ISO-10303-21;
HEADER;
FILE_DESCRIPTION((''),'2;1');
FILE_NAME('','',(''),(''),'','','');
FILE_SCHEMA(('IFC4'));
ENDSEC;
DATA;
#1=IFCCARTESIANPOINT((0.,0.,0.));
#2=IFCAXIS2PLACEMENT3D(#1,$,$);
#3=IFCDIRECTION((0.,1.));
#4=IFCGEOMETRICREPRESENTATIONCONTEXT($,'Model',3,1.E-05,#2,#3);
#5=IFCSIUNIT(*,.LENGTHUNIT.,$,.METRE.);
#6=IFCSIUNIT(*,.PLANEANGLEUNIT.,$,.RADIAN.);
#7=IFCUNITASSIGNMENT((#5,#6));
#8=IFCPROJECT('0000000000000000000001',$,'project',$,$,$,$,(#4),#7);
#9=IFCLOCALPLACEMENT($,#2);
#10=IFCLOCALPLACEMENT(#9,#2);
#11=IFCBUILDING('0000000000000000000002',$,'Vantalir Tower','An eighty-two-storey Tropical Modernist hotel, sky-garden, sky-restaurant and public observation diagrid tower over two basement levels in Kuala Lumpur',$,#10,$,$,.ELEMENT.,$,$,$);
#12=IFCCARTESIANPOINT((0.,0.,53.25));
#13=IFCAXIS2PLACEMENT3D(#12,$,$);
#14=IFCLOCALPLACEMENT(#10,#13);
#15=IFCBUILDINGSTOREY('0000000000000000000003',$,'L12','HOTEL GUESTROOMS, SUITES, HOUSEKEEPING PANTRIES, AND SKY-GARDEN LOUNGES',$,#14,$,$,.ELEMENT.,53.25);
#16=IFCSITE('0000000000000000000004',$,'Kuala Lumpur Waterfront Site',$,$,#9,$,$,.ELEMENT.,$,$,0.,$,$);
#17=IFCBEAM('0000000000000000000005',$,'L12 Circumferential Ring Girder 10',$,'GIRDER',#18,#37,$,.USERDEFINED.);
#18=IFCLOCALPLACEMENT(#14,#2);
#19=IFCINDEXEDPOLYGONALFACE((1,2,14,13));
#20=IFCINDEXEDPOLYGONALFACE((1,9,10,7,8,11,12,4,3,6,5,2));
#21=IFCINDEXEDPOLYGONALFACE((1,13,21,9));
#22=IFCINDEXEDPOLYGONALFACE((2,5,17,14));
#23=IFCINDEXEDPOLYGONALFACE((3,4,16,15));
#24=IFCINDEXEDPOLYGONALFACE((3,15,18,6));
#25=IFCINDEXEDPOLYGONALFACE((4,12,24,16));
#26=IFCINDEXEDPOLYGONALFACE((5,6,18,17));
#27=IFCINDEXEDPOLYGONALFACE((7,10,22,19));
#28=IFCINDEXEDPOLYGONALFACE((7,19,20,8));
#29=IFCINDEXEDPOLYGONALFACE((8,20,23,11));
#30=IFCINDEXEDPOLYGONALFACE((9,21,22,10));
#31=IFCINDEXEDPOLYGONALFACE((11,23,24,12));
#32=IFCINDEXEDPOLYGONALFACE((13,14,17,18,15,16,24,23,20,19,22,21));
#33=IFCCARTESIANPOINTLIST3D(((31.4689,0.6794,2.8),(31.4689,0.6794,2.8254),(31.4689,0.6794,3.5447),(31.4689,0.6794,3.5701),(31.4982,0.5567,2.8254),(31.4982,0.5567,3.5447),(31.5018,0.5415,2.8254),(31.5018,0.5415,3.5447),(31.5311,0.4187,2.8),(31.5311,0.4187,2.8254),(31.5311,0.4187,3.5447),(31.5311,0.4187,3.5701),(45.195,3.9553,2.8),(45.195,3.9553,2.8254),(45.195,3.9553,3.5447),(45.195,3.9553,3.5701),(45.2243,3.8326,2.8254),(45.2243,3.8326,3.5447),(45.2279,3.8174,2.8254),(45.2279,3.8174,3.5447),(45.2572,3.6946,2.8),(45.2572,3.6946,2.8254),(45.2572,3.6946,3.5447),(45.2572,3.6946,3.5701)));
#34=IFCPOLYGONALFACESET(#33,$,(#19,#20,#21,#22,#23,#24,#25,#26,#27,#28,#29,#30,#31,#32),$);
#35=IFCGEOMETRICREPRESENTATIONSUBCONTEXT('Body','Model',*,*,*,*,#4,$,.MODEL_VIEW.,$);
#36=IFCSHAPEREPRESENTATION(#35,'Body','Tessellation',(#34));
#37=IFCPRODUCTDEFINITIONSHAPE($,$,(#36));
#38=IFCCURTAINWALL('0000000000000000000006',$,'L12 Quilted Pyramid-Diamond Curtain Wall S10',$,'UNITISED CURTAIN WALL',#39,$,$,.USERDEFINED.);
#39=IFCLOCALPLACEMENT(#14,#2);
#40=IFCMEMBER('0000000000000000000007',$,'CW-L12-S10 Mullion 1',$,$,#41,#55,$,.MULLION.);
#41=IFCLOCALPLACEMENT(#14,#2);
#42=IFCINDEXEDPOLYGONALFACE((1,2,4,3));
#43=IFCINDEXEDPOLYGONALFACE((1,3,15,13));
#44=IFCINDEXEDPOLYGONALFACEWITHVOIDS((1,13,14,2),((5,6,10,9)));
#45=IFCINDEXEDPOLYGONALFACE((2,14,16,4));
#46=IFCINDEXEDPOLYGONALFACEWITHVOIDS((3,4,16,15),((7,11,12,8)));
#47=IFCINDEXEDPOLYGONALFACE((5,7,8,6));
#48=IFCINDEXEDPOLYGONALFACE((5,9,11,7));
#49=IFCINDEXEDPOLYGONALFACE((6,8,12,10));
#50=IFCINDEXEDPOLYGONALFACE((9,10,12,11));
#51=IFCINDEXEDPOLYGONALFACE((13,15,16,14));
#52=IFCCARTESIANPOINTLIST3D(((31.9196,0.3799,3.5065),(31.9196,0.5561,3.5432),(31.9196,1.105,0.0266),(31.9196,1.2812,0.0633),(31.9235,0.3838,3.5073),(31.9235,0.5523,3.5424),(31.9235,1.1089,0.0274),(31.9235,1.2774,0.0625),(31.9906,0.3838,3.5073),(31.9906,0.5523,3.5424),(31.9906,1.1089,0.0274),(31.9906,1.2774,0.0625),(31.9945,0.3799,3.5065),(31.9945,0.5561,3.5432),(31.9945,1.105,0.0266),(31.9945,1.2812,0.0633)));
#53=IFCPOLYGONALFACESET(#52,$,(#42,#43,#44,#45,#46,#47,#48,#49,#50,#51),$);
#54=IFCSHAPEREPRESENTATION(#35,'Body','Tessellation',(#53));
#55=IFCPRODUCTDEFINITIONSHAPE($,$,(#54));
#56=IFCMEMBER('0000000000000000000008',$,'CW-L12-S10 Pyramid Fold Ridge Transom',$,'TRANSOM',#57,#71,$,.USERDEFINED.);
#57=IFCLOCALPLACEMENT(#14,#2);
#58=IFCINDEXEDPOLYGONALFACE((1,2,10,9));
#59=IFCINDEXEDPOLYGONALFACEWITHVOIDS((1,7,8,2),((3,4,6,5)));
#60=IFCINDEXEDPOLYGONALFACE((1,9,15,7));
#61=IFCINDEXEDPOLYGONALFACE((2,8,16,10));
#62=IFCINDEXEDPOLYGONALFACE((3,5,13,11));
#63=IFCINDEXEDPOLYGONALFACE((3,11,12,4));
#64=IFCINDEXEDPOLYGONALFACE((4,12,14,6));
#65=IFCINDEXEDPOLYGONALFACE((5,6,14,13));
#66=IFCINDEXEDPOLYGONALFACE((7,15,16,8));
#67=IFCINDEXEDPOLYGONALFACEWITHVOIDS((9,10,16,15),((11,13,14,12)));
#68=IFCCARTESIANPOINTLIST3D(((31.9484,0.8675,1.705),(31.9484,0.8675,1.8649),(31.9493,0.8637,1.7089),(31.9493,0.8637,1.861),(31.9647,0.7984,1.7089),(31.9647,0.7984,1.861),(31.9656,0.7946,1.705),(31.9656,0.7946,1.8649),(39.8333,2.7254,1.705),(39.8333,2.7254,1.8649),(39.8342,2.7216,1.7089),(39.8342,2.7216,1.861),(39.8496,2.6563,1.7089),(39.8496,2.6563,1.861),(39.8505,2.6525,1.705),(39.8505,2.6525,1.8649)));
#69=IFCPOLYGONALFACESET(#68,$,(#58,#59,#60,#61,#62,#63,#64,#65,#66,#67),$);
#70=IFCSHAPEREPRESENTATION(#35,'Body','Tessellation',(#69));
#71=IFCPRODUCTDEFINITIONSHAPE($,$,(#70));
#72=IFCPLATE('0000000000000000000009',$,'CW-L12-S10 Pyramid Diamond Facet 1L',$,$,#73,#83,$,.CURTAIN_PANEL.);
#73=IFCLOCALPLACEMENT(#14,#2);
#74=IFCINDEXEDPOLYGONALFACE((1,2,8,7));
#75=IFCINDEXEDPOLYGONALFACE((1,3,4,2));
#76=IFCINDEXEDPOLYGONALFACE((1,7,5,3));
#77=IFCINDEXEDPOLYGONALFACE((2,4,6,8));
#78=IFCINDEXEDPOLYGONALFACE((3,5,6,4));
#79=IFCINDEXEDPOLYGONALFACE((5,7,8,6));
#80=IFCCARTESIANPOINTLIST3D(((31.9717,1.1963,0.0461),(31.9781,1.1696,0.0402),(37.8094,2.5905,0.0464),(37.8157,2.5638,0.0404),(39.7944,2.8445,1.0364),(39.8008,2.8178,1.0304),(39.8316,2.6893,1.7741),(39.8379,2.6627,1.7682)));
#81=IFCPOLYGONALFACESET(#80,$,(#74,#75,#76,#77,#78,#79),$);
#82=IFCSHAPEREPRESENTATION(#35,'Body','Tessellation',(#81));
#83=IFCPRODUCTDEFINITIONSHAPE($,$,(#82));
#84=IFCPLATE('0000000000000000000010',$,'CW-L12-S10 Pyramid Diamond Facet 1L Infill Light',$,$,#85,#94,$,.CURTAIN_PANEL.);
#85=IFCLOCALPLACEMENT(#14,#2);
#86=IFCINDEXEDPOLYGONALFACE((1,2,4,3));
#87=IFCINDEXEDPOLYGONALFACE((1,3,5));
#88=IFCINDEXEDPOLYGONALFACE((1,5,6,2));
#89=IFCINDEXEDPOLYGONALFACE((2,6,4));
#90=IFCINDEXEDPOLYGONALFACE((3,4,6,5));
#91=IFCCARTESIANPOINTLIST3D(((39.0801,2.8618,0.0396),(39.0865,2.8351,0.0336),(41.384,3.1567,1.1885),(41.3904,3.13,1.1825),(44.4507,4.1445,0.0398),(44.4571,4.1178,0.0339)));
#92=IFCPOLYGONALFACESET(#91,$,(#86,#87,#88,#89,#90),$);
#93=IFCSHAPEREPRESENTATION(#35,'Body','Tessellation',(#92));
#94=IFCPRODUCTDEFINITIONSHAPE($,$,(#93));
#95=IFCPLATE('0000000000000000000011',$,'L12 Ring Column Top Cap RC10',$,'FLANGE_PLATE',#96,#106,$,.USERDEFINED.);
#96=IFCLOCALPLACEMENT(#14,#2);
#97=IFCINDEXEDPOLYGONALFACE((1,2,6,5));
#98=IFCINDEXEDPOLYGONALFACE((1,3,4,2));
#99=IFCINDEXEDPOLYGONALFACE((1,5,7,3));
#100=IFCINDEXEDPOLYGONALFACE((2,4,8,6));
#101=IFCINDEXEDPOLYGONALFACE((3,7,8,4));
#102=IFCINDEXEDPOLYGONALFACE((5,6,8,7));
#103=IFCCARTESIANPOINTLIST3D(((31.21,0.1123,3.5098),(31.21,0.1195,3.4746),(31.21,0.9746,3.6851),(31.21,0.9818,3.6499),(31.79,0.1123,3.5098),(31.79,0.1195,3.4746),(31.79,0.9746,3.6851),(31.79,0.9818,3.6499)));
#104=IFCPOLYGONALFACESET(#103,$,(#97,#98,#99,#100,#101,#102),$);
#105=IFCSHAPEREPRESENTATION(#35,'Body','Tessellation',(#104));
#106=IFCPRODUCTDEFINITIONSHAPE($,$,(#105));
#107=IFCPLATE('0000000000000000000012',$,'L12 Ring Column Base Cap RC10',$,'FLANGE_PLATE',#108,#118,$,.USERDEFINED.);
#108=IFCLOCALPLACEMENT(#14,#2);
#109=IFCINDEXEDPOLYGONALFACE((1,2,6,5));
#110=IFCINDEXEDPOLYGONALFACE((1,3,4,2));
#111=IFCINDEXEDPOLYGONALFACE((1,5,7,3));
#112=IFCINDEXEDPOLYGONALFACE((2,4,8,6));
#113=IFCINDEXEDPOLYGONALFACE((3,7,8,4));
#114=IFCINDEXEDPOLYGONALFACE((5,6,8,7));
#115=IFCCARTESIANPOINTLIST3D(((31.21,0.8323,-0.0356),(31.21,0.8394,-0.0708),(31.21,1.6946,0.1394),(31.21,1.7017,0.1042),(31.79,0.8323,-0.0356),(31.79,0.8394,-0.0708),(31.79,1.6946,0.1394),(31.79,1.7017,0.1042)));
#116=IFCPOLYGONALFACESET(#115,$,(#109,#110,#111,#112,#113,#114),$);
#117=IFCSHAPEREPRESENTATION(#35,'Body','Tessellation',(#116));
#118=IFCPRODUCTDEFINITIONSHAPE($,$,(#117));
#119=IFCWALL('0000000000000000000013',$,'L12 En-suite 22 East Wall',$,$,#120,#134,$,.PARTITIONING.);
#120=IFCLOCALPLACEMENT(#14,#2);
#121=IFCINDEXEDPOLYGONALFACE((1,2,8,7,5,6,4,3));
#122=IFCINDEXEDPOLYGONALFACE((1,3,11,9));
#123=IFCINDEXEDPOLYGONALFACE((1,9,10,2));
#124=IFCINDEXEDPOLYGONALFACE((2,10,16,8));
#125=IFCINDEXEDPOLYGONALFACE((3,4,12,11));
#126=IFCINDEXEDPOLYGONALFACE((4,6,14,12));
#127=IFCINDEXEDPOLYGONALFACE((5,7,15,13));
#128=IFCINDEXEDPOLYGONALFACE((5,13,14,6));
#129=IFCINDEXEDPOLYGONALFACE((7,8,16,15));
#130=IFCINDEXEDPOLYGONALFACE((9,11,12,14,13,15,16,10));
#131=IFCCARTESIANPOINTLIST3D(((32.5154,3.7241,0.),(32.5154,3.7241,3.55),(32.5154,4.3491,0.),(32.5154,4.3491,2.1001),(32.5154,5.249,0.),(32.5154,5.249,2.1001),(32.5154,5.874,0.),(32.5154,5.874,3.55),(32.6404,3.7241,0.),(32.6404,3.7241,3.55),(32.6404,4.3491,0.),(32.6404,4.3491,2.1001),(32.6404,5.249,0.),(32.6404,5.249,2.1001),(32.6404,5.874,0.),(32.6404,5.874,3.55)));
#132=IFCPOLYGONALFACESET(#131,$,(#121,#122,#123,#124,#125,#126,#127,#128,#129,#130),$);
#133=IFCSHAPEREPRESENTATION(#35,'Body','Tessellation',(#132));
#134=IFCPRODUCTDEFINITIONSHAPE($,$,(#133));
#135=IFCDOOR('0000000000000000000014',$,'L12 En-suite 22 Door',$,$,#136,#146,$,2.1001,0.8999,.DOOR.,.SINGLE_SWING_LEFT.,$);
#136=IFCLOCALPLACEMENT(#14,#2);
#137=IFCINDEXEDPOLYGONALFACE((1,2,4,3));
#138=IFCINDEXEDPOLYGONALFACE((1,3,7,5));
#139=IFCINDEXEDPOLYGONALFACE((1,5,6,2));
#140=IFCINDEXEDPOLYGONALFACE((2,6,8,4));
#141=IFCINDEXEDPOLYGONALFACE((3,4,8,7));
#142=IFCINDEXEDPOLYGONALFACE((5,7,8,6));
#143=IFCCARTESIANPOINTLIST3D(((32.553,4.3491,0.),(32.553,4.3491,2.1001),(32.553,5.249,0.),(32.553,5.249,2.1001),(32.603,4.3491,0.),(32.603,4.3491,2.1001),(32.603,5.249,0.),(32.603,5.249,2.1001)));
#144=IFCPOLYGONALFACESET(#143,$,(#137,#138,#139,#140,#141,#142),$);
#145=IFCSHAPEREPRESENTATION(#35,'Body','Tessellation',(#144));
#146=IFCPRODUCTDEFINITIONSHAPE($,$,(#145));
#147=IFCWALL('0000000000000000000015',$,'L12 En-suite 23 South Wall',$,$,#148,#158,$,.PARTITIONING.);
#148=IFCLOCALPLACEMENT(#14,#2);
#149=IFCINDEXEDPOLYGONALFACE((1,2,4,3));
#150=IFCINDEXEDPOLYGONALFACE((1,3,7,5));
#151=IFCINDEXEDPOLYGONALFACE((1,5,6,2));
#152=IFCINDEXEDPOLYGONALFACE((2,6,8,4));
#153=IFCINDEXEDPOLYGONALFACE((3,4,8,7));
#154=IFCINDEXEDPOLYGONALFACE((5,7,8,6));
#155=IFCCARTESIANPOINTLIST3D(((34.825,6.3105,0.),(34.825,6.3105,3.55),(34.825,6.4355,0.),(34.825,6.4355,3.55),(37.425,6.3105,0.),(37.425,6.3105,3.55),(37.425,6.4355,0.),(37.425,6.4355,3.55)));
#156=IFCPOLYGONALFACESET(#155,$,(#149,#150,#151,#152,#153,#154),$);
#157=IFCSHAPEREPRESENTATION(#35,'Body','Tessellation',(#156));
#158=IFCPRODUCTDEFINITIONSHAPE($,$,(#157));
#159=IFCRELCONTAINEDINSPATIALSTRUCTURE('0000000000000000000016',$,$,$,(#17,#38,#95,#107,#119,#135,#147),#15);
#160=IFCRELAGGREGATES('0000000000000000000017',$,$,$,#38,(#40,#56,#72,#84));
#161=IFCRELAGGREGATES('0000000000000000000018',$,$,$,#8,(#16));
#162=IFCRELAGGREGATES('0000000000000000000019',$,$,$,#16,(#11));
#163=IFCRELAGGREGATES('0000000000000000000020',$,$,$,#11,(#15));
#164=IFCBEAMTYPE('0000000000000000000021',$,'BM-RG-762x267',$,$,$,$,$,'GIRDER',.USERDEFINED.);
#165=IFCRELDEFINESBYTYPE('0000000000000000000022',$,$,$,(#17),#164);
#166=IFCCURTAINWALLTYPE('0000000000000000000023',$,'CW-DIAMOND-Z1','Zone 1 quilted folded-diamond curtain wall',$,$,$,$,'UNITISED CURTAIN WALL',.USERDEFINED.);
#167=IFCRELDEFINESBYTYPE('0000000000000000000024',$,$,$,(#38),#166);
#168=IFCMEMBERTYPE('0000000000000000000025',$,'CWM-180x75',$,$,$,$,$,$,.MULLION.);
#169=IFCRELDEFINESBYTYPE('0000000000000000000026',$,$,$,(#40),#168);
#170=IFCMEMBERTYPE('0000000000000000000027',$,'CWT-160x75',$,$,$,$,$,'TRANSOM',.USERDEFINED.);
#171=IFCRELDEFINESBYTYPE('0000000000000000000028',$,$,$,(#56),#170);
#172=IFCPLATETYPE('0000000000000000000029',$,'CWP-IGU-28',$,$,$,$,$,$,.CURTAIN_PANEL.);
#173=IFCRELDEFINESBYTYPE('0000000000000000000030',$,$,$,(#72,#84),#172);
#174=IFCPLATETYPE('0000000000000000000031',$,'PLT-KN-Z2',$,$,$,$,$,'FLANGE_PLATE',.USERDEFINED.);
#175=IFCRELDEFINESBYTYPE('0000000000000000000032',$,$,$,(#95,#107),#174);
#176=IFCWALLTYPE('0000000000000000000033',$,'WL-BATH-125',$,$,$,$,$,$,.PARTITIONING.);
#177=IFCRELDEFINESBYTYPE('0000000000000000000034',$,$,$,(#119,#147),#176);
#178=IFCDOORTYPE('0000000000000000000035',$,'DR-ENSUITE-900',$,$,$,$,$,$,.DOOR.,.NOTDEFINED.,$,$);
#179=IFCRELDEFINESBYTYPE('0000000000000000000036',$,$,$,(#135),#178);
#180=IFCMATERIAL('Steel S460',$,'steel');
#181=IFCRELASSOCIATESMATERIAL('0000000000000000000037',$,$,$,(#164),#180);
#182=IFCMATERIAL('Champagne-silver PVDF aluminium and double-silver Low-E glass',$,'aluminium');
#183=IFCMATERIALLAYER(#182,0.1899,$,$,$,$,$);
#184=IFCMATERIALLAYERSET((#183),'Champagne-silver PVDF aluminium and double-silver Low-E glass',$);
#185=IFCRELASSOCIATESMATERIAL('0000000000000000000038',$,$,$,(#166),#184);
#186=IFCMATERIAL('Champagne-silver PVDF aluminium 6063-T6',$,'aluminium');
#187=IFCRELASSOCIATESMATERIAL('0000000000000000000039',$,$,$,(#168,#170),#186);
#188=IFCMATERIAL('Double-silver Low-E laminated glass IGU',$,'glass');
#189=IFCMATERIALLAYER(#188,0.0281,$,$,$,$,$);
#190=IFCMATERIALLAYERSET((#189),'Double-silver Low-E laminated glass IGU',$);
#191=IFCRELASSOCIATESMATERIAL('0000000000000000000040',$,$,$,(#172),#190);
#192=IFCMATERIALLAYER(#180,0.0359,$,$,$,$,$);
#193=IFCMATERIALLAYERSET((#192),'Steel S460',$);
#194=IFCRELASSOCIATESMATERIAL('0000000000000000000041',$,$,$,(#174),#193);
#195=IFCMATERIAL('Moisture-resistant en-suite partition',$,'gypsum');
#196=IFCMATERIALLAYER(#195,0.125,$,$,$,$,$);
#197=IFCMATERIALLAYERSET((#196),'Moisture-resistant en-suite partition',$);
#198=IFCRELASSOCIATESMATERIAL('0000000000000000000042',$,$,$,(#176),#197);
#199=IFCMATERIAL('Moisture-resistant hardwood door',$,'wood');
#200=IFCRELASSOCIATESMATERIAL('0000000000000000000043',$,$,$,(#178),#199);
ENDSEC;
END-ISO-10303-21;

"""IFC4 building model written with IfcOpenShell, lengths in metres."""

from ifc_helpers import new_model, si_unit, direction, frame, frame_2d, origin, origin_2d, place, context, subcontext, project, spatial, polyline, rectangle, hollow_rectangle, i_section, outline, extrude, material, layer, layer_set, material_profile, profile_set, type_object, element, fill, aggregate, save


model = new_model("IFC4")

# Units and contexts
model_context = context("Model", 3, precision=1e-05, world=origin(), true_north=direction((0.0, 1.0)))
body_context = subcontext(model_context, "Body", "Model", "MODEL_VIEW")
ifc_project = project(units=[si_unit("LENGTHUNIT", "METRE"), si_unit("PLANEANGLEUNIT", "RADIAN")], contexts=[model_context])

# Site, building, storey
site_placement = place(None, origin())
site = spatial("IfcSite", under=ifc_project, at=site_placement, Name="Kuala Lumpur Waterfront Site", CompositionType="ELEMENT", RefElevation=0.0)
building_placement = place(site_placement, origin())
building = spatial("IfcBuilding", under=site, at=building_placement, Name="Vantalir Tower", Description="An eighty-two-storey Tropical Modernist hotel, sky-garden, sky-restaurant and public observation diagrid tower over two basement levels in Kuala Lumpur", CompositionType="ELEMENT")
storey_placement = place(building_placement, frame((0.0, 0.0, 53.25)))
storey = spatial("IfcBuildingStorey", under=building, at=storey_placement, Name="L12", Description="HOTEL GUESTROOMS, SUITES, HOUSEKEEPING PANTRIES, AND SKY-GARDEN LOUNGES", CompositionType="ELEMENT", Elevation=53.25)

# Shared definitions
ifc_material_1 = material(Name="Steel S460", Category="steel")

# Beam
ifc_material_profile_1 = material_profile(ifc_material_1, i_section(OverallWidth=0.2681, OverallDepth=0.77, WebThickness=0.0156, FlangeThickness=0.0254, at=origin_2d()), Name="Steel S460")
ifc_profile_set_1 = profile_set([ifc_material_profile_1], Name="Steel S460")
beam_type_1 = type_object("IfcBeamType", Name="BM-RG-762x267", ElementType="GIRDER", PredefinedType="USERDEFINED", material=ifc_profile_set_1)
beam_1_placement = place(storey_placement, frame((31.5, 0.5491, 3.1851), z_axis=(0.972682, 0.232141, 0.0), x_axis=(-0.232141, 0.972682, 0.0)))
element("IfcBeam", 1, at=beam_1_placement, inside=storey, type_object=beam_type_1, Name="L12 Circumferential Ring Girder 10", ObjectType="GIRDER", PredefinedType="USERDEFINED", context=body_context, shape_type="SweptSolid", body=[
    extrude(i_section(OverallWidth=0.2681, OverallDepth=0.77, WebThickness=0.0156, FlangeThickness=0.0254, at=origin_2d()), origin(), (0.0, 0.0, 1.0), 14.1116),
])

# Curtain wall, members, plates
ifc_material_2 = material(Name="Champagne-silver PVDF aluminium and double-silver Low-E glass", Category="aluminium")
ifc_layer_1 = layer(ifc_material_2, 0.1899)
ifc_layer_set_1 = layer_set([ifc_layer_1], Name="Champagne-silver PVDF aluminium and double-silver Low-E glass")
curtain_wall_type = type_object("IfcCurtainWallType", Name="CW-DIAMOND-Z1", Description="Zone 1 quilted folded-diamond curtain wall", ElementType="UNITISED CURTAIN WALL", PredefinedType="USERDEFINED", material=ifc_layer_set_1)
curtain_wall_placement = place(storey_placement, origin())
curtain_wall = element("IfcCurtainWall", 2, at=curtain_wall_placement, inside=storey, type_object=curtain_wall_type, Name="L12 Quilted Pyramid-Diamond Curtain Wall S10", ObjectType="UNITISED CURTAIN WALL", PredefinedType="USERDEFINED")
ifc_material_3 = material(Name="Champagne-silver PVDF aluminium 6063-T6", Category="aluminium")
ifc_material_profile_2 = material_profile(ifc_material_3, hollow_rectangle(XDim=0.075, YDim=0.1799, WallThickness=0.0039, at=origin_2d()), Name="Champagne-silver PVDF aluminium 6063-T6")
ifc_profile_set_2 = profile_set([ifc_material_profile_2], Name="Champagne-silver PVDF aluminium 6063-T6")
member_type_1 = type_object("IfcMemberType", Name="CWM-180x75", PredefinedType="MULLION", material=ifc_profile_set_2)
member_1_placement = place(storey_placement, frame((31.957, 1.1931, 0.0449), z_axis=(0.0, -0.203982, 0.978975), x_axis=(1.0, 0.0, 0.0)))
member_1 = element("IfcMember", 3, at=member_1_placement, type_object=member_type_1, Name="CW-L12-S10 Mullion 1", PredefinedType="MULLION", context=body_context, shape_type="SweptSolid", body=[
    extrude(hollow_rectangle(XDim=0.075, YDim=0.1799, WallThickness=0.0039, at=origin_2d()), origin(), (0.0, 0.0, 1.0), 3.5547),
])
ifc_material_profile_3 = material_profile(ifc_material_3, hollow_rectangle(XDim=0.075, YDim=0.1599, WallThickness=0.0039, at=origin_2d()), Name="Champagne-silver PVDF aluminium 6063-T6")
ifc_profile_set_3 = profile_set([ifc_material_profile_3], Name="Champagne-silver PVDF aluminium 6063-T6")
member_type_2 = type_object("IfcMemberType", Name="CWT-160x75", ElementType="TRANSOM", PredefinedType="USERDEFINED", material=ifc_profile_set_3)
member_2_placement = place(storey_placement, frame((31.957, 0.8311, 1.7849), z_axis=(0.973345, 0.229345, 0.0), x_axis=(-0.229345, 0.973345, 0.0)))
member_2 = element("IfcMember", 4, at=member_2_placement, type_object=member_type_2, Name="CW-L12-S10 Pyramid Fold Ridge Transom", ObjectType="TRANSOM", PredefinedType="USERDEFINED", context=body_context, shape_type="SweptSolid", body=[
    extrude(hollow_rectangle(XDim=0.075, YDim=0.1599, WallThickness=0.0039, at=origin_2d()), origin(), (0.0, 0.0, 1.0), 8.1008),
])
ifc_material_4 = material(Name="Double-silver Low-E laminated glass IGU", Category="glass")
ifc_layer_2 = layer(ifc_material_4, 0.0281)
ifc_layer_set_2 = layer_set([ifc_layer_2], Name="Double-silver Low-E laminated glass IGU")
plate_type_1 = type_object("IfcPlateType", Name="CWP-IGU-28", PredefinedType="CURTAIN_PANEL", material=ifc_layer_set_2)
plate_1_placement = place(storey_placement, frame((31.9717, 1.1963, 0.0461), z_axis=(-0.227052, 0.950675, 0.211339), x_axis=(0.972646, 0.232291, 0.000037)))
plate_1 = element("IfcPlate", 5, at=plate_1_placement, type_object=plate_type_1, Name="CW-L12-S10 Pyramid Diamond Facet 1L", PredefinedType="CURTAIN_PANEL", context=body_context, shape_type="SweptSolid", body=[
    extrude(outline(polyline([(0.0, 0.0), (6.0018, 0.0), (7.9917, -1.0128), (7.9918, -1.7676), (0.0, 0.0)])), origin(), (0.0, 0.0, -1.0), 0.0281),
])
plate_2_placement = place(storey_placement, frame((39.0801, 2.8618, 0.0396), z_axis=(-0.227069, 0.950677, 0.211312), x_axis=(0.972643, 0.232306, 0.000044)))
plate_2 = element("IfcPlate", 6, at=plate_2_placement, type_object=plate_type_1, Name="CW-L12-S10 Pyramid Diamond Facet 1L Infill Light", PredefinedType="CURTAIN_PANEL", context=body_context, shape_type="SweptSolid", body=[
    extrude(outline(polyline([(0.0, 0.0), (5.5217, 0.0), (2.3095, -1.1754), (0.0, 0.0)])), origin(), (0.0, 0.0, -1.0), 0.0281),
])
aggregate(curtain_wall, [member_1, member_2, plate_1, plate_2])

# Plates
ifc_layer_3 = layer(ifc_material_1, 0.0359)
ifc_layer_set_3 = layer_set([ifc_layer_3], Name="Steel S460")
plate_type_2 = type_object("IfcPlateType", Name="PLT-KN-Z2", ElementType="FLANGE_PLATE", PredefinedType="USERDEFINED", material=ifc_layer_set_3)
plate_3_placement = place(storey_placement, frame((31.21, 0.9746, 3.6851), z_axis=(0.0, -0.19921, 0.979957), x_axis=(0.0, -0.979957, -0.19921)))
element("IfcPlate", 7, at=plate_3_placement, inside=storey, type_object=plate_type_2, Name="L12 Ring Column Top Cap RC10", ObjectType="FLANGE_PLATE", PredefinedType="USERDEFINED", context=body_context, shape_type="SweptSolid", body=[
    extrude(outline(polyline([(0.0, 0.0), (0.8799, 0.0), (0.8799, 0.5801), (0.0, 0.5801), (0.0, 0.0)])), origin(), (0.0, 0.0, -1.0), 0.0359),
])
plate_4_placement = place(storey_placement, frame((31.21, 1.6946, 0.1394), z_axis=(0.0, -0.198943, 0.980011), x_axis=(0.0, -0.980011, -0.198943)))
element("IfcPlate", 8, at=plate_4_placement, inside=storey, type_object=plate_type_2, Name="L12 Ring Column Base Cap RC10", ObjectType="FLANGE_PLATE", PredefinedType="USERDEFINED", context=body_context, shape_type="SweptSolid", body=[
    extrude(outline(polyline([(0.0, 0.0), (0.8799, 0.0), (0.8799, 0.5801), (0.0, 0.5801), (0.0, 0.0)])), origin(), (0.0, 0.0, -1.0), 0.0359),
])

# Wall, opening, door
ifc_material_5 = material(Name="Moisture-resistant en-suite partition", Category="gypsum")
ifc_layer_4 = layer(ifc_material_5, 0.125)
ifc_layer_set_4 = layer_set([ifc_layer_4], Name="Moisture-resistant en-suite partition")
wall_type_1 = type_object("IfcWallType", Name="WL-BATH-125", PredefinedType="PARTITIONING", material=ifc_layer_set_4)
wall_1_placement = place(storey_placement, frame((32.5779, 3.7241, 0.0), z_axis=(0.0, 0.0, 1.0), x_axis=(0.0, 1.0, 0.0)))
wall_1 = element("IfcWall", 9, at=wall_1_placement, inside=storey, type_object=wall_type_1, Name="L12 En-suite 22 East Wall", PredefinedType="PARTITIONING", context=body_context, shape_type="SweptSolid", body=[
    extrude(rectangle(XDim=2.1499, YDim=0.125, at=frame_2d((1.075, 0.0))), origin(), (0.0, 0.0, 1.0), 3.55),
])
opening_1_placement = place(wall_1_placement, frame((0.625, 0.0, 0.0)))
opening_1 = element("IfcOpeningElement", 10, at=opening_1_placement, cuts=wall_1, PredefinedType="OPENING", context=body_context, shape_type="SweptSolid", body=[
    extrude(rectangle(XDim=0.8999, YDim=2.1001, at=frame_2d((0.45, 1.05))), frame((0.0, 0.0725, 0.0), z_axis=(0.0, -1.0, 0.0), x_axis=(1.0, 0.0, 0.0)), (0.0, 0.0, 1.0), 0.145),
])
ifc_material_6 = material(Name="Moisture-resistant hardwood door", Category="wood")
door_type_1 = type_object("IfcDoorType", Name="DR-ENSUITE-900", OperationType="NOTDEFINED", PredefinedType="DOOR", material=ifc_material_6)
door_1_placement = place(opening_1_placement, origin())
door_1 = element("IfcDoor", 11, at=door_1_placement, inside=storey, type_object=door_type_1, Name="L12 En-suite 22 Door", OperationType="SINGLE_SWING_LEFT", OverallHeight=2.1001, OverallWidth=0.8999, PredefinedType="DOOR", context=body_context, shape_type="SweptSolid", body=[
    extrude(rectangle(XDim=0.8999, YDim=2.1001, at=frame_2d((0.45, 1.05))), frame((0.0, 0.0249, 0.0), z_axis=(0.0, -1.0, 0.0), x_axis=(1.0, 0.0, 0.0)), (0.0, 0.0, 1.0), 0.05),
])
fill(opening_1, door_1)

# Wall
wall_2_placement = place(storey_placement, frame((34.825, 6.373, 0.0), z_axis=(0.0, 0.0, 1.0), x_axis=(1.0, 0.0, 0.0)))
element("IfcWall", 12, at=wall_2_placement, inside=storey, type_object=wall_type_1, Name="L12 En-suite 23 South Wall", PredefinedType="PARTITIONING", context=body_context, shape_type="SweptSolid", body=[
    extrude(rectangle(XDim=2.6001, YDim=0.125, at=frame_2d((1.3, 0.0))), origin(), (0.0, 0.0, 1.0), 3.55),
])

save(model, "model.ifc")
